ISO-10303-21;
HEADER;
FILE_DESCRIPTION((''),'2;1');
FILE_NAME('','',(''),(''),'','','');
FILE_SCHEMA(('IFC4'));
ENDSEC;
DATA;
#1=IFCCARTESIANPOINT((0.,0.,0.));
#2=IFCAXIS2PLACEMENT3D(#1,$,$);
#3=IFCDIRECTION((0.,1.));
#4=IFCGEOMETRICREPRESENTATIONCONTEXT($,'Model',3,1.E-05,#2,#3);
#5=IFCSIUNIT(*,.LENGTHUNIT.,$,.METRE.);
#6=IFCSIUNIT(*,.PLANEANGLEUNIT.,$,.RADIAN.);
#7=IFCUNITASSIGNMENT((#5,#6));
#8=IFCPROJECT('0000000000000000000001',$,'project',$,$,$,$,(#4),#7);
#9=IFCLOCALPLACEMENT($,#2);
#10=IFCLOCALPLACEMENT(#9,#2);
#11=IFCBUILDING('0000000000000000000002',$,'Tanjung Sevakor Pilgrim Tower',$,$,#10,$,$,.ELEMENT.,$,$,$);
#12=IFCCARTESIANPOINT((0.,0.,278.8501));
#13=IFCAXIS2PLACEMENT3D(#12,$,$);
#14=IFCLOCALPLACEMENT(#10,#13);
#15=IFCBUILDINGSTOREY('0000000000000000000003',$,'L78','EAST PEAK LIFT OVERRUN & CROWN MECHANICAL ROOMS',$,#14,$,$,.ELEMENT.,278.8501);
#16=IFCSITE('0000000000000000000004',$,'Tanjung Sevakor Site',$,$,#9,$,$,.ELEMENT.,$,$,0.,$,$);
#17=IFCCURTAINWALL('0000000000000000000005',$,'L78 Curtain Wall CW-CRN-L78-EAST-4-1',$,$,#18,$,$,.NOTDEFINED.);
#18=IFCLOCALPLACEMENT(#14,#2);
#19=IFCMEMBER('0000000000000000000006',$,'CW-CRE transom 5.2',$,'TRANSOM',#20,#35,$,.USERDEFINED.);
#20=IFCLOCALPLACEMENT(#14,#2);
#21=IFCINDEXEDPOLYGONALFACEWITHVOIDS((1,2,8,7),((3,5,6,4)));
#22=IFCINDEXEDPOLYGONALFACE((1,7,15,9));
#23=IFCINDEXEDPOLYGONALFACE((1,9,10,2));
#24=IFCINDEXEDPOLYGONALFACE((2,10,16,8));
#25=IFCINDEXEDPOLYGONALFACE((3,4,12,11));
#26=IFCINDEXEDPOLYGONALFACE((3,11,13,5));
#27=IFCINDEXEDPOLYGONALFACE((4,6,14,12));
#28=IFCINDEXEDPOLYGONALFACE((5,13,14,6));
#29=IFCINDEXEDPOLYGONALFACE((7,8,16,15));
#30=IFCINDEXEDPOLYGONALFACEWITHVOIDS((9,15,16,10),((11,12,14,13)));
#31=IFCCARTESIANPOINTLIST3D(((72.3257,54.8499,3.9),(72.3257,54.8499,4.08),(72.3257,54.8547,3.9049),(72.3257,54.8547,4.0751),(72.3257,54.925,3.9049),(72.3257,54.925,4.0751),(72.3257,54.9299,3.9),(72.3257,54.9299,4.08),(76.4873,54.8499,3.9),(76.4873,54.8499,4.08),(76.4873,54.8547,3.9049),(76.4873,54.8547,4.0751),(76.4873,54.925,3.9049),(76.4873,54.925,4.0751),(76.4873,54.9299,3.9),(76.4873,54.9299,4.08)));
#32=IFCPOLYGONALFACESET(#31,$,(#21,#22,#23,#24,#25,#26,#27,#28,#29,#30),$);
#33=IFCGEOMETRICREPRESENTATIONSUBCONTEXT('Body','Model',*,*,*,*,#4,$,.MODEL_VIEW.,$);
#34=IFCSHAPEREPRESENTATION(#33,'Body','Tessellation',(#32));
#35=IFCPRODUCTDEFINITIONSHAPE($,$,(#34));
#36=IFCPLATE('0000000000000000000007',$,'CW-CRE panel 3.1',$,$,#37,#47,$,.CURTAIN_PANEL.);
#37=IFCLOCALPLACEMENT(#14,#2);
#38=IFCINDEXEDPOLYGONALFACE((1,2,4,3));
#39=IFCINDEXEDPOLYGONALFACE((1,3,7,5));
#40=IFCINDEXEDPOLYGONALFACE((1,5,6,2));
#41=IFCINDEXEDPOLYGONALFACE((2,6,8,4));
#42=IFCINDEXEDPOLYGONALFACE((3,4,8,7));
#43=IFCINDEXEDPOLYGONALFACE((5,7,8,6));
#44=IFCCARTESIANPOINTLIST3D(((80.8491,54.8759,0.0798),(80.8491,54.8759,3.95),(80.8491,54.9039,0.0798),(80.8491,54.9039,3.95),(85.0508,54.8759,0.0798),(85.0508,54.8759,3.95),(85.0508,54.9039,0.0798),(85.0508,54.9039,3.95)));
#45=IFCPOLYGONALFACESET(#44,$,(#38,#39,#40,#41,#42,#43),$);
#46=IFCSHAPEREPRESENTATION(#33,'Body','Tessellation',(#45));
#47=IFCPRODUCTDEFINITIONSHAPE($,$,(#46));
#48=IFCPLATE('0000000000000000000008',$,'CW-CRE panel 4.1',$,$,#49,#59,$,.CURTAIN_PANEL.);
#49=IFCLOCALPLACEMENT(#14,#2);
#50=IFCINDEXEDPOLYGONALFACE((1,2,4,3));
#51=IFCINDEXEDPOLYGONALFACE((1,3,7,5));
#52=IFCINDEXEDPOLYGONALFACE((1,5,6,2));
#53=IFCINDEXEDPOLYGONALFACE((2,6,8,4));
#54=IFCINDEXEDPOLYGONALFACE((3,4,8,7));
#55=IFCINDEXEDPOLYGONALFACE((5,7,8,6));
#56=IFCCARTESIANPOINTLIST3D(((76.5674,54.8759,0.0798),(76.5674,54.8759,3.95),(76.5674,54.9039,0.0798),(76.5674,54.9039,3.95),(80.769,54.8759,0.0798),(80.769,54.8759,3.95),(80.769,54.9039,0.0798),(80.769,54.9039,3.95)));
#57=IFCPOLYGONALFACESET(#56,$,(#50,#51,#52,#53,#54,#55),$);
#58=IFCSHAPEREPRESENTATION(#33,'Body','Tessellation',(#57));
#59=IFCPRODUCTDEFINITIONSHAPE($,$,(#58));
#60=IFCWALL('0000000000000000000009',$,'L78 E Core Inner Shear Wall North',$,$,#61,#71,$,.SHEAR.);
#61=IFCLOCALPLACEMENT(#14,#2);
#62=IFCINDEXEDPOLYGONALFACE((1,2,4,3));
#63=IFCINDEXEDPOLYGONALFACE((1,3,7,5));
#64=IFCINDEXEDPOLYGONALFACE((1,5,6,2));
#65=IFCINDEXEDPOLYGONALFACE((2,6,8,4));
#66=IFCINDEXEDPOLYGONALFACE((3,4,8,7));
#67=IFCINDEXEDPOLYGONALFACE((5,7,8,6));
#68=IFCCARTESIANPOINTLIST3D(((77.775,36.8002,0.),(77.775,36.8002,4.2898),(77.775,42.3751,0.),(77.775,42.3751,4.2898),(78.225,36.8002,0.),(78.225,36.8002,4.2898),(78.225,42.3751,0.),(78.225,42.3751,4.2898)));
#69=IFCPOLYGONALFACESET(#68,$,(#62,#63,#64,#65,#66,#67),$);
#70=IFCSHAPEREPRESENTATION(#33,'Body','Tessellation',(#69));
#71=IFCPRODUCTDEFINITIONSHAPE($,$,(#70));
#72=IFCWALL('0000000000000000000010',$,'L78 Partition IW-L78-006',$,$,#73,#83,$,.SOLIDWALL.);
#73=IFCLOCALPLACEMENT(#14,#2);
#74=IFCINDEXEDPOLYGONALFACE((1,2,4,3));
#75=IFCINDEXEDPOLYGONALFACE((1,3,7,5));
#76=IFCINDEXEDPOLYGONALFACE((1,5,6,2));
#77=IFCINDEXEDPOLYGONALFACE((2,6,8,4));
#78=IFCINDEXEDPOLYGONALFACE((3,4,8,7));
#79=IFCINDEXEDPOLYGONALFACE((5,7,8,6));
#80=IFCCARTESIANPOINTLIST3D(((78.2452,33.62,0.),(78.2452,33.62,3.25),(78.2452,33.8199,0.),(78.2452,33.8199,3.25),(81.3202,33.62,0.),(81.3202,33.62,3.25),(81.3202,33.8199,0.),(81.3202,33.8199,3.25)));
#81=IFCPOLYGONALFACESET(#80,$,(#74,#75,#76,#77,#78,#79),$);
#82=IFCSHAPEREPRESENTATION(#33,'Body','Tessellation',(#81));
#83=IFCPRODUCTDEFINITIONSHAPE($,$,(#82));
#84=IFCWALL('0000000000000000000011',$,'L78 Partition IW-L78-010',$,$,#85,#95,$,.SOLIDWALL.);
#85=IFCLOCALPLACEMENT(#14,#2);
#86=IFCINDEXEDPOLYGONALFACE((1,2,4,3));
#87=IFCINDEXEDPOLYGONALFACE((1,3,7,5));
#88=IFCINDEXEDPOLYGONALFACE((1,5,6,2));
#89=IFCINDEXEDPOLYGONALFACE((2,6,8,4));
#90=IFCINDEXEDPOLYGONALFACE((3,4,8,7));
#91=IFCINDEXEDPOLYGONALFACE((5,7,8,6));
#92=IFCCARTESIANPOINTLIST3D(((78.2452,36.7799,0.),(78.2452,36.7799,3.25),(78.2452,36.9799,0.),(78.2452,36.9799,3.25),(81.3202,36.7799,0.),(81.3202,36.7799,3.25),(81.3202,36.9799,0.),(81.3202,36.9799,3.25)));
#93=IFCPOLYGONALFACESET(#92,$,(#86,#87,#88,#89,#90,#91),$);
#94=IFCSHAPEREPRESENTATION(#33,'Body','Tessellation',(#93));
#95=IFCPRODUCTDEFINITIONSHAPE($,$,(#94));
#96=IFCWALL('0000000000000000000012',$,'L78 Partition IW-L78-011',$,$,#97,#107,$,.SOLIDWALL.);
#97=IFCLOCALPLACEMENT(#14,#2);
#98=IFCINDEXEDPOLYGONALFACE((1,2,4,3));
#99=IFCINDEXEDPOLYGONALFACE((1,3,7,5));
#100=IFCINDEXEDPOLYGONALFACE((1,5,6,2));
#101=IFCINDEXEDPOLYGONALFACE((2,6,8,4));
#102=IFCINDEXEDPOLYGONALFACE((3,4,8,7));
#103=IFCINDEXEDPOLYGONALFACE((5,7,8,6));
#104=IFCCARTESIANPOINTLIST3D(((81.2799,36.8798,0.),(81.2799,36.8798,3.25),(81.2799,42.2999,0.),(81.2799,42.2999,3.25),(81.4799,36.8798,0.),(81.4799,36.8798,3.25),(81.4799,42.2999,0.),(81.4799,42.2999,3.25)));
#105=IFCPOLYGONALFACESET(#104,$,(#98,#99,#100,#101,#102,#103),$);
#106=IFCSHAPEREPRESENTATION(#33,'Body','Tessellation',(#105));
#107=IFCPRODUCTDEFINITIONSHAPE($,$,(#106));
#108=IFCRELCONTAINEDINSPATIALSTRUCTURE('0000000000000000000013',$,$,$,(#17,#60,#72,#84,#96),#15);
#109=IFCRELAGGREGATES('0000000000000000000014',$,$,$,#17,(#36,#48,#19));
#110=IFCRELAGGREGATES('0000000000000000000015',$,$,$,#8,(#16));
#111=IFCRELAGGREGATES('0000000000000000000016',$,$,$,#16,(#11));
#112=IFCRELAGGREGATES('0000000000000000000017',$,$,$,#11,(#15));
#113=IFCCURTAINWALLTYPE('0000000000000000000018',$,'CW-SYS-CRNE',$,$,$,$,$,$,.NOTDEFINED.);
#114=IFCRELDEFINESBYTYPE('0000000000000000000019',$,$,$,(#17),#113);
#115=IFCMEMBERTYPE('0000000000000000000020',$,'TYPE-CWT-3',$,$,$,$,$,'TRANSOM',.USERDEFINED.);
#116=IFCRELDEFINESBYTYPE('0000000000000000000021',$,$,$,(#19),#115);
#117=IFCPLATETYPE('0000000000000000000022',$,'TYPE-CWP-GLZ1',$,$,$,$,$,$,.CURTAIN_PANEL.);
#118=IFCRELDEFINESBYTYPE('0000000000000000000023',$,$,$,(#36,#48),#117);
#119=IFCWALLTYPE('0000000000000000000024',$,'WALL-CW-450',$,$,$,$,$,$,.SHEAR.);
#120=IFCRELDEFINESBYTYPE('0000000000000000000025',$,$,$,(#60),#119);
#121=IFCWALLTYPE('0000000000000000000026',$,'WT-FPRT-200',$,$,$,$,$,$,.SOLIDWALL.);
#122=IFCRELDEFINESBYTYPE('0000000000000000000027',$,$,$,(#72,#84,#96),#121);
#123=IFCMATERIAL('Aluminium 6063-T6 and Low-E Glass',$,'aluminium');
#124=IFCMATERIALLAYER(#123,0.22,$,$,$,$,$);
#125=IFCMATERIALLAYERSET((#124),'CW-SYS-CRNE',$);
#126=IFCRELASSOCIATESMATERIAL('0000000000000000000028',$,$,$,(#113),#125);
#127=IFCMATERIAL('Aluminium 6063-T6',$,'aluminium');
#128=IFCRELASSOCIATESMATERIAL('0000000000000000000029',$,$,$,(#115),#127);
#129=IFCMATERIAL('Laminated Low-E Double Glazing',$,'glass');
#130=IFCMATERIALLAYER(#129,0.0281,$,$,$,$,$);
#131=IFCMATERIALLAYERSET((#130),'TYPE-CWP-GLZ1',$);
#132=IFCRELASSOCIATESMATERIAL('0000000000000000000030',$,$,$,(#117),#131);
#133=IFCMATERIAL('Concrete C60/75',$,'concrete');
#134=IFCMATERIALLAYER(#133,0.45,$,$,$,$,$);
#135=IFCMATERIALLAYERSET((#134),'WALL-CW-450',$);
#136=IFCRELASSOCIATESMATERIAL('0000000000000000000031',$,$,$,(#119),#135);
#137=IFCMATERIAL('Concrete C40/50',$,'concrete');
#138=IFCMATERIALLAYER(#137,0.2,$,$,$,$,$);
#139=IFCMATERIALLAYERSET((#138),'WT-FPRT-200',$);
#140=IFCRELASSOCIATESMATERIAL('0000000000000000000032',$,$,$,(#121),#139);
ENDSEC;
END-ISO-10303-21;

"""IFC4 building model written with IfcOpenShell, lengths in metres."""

from ifc_helpers import new_model, si_unit, direction, frame, frame_2d, origin, origin_2d, place, context, subcontext, project, spatial, rectangle, hollow_rectangle, extrude, material, layer, layer_set, material_profile, profile_set, type_object, element, aggregate, save


model = new_model("IFC4")

# Units and contexts
model_context = context("Model", 3, precision=1e-05, world=origin(), true_north=direction((0.0, 1.0)))
body_context = subcontext(model_context, "Body", "Model", "MODEL_VIEW")
ifc_project = project(units=[si_unit("LENGTHUNIT", "METRE"), si_unit("PLANEANGLEUNIT", "RADIAN")], contexts=[model_context])

# Site, building, storey
site_placement = place(None, origin())
site = spatial("IfcSite", under=ifc_project, at=site_placement, Name="Tanjung Sevakor Site", CompositionType="ELEMENT", RefElevation=0.0)
building_placement = place(site_placement, origin())
building = spatial("IfcBuilding", under=site, at=building_placement, Name="Tanjung Sevakor Pilgrim Tower", CompositionType="ELEMENT")
storey_placement = place(building_placement, frame((0.0, 0.0, 278.8501)))
storey = spatial("IfcBuildingStorey", under=building, at=storey_placement, Name="L78", Description="EAST PEAK LIFT OVERRUN & CROWN MECHANICAL ROOMS", CompositionType="ELEMENT", Elevation=278.8501)

# Curtain wall, member, plates
ifc_material_1 = material(Name="Aluminium 6063-T6 and Low-E Glass", Category="aluminium")
ifc_layer_1 = layer(ifc_material_1, 0.22)
ifc_layer_set_1 = layer_set([ifc_layer_1], Name="CW-SYS-CRNE")
curtain_wall_type = type_object("IfcCurtainWallType", Name="CW-SYS-CRNE", PredefinedType="NOTDEFINED", material=ifc_layer_set_1)
curtain_wall_placement = place(storey_placement, origin())
curtain_wall = element("IfcCurtainWall", 1, at=curtain_wall_placement, inside=storey, type_object=curtain_wall_type, Name="L78 Curtain Wall CW-CRN-L78-EAST-4-1", PredefinedType="NOTDEFINED")
ifc_material_2 = material(Name="Aluminium 6063-T6", Category="aluminium")
ifc_material_profile_1 = material_profile(ifc_material_2, hollow_rectangle(XDim=0.0801, YDim=0.1799, WallThickness=0.0049, at=origin_2d()))
ifc_profile_set_1 = profile_set([ifc_material_profile_1], Name="Aluminium 6063-T6")
member_type_1 = type_object("IfcMemberType", Name="TYPE-CWT-3", ElementType="TRANSOM", PredefinedType="USERDEFINED", material=ifc_profile_set_1)
member_1_placement = place(storey_placement, frame((76.4873, 54.8899, 3.99), z_axis=(-1.0, 0.0, 0.0), x_axis=(0.0, -1.0, 0.0)))
member_1 = element("IfcMember", 2, at=member_1_placement, type_object=member_type_1, Name="CW-CRE transom 5.2", ObjectType="TRANSOM", PredefinedType="USERDEFINED", context=body_context, shape_type="SweptSolid", body=[
    extrude(hollow_rectangle(XDim=0.0801, YDim=0.1799, WallThickness=0.0049, at=origin_2d()), origin(), (0.0, 0.0, 1.0), 4.1616),
])
ifc_material_3 = material(Name="Laminated Low-E Double Glazing", Category="glass")
ifc_layer_2 = layer(ifc_material_3, 0.0281)
ifc_layer_set_2 = layer_set([ifc_layer_2], Name="TYPE-CWP-GLZ1")
plate_type = type_object("IfcPlateType", Name="TYPE-CWP-GLZ1", PredefinedType="CURTAIN_PANEL", material=ifc_layer_set_2)
plate_1_placement = place(storey_placement, frame((82.95, 54.8899, 0.0798), z_axis=(0.0, 0.0, 1.0), x_axis=(-1.0, 0.0, 0.0)))
plate_1 = element("IfcPlate", 3, at=plate_1_placement, type_object=plate_type, Name="CW-CRE panel 3.1", PredefinedType="CURTAIN_PANEL", context=body_context, shape_type="SweptSolid", body=[
    extrude(rectangle(XDim=4.2017, YDim=0.0281, at=origin_2d()), origin(), (0.0, 0.0, 1.0), 3.8701),
])
plate_2_placement = place(storey_placement, frame((78.6682, 54.8899, 0.0798), z_axis=(0.0, 0.0, 1.0), x_axis=(-1.0, 0.0, 0.0)))
plate_2 = element("IfcPlate", 4, at=plate_2_placement, type_object=plate_type, Name="CW-CRE panel 4.1", PredefinedType="CURTAIN_PANEL", context=body_context, shape_type="SweptSolid", body=[
    extrude(rectangle(XDim=4.2017, YDim=0.0281, at=origin_2d()), origin(), (0.0, 0.0, 1.0), 3.8701),
])
aggregate(curtain_wall, [plate_1, plate_2, member_1])

# Walls
ifc_material_4 = material(Name="Concrete C60/75", Category="concrete")
ifc_layer_3 = layer(ifc_material_4, 0.45)
ifc_layer_set_3 = layer_set([ifc_layer_3], Name="WALL-CW-450")
wall_type_1 = type_object("IfcWallType", Name="WALL-CW-450", PredefinedType="SHEAR", material=ifc_layer_set_3)
wall_1_placement = place(storey_placement, frame((78.0, 36.8, 0.0), z_axis=(0.0, 0.0, 1.0), x_axis=(0.0, 1.0, 0.0)))
element("IfcWall", 5, at=wall_1_placement, inside=storey, type_object=wall_type_1, Name="L78 E Core Inner Shear Wall North", PredefinedType="SHEAR", context=body_context, shape_type="SweptSolid", body=[
    extrude(rectangle(XDim=5.575, YDim=0.45, at=frame_2d((2.7876, 0.0))), origin(), (0.0, 0.0, 1.0), 4.2898),
])
ifc_material_5 = material(Name="Concrete C40/50", Category="concrete")
ifc_layer_4 = layer(ifc_material_5, 0.2)
ifc_layer_set_4 = layer_set([ifc_layer_4], Name="WT-FPRT-200")
wall_type_2 = type_object("IfcWallType", Name="WT-FPRT-200", PredefinedType="SOLIDWALL", material=ifc_layer_set_4)
wall_2_placement = place(storey_placement, frame((78.2451, 33.72, 0.0), z_axis=(0.0, 0.0, 1.0), x_axis=(1.0, 0.0, 0.0)))
element("IfcWall", 6, at=wall_2_placement, inside=storey, type_object=wall_type_2, Name="L78 Partition IW-L78-006", PredefinedType="SOLIDWALL", context=body_context, shape_type="SweptSolid", body=[
    extrude(rectangle(XDim=3.075, YDim=0.2, at=frame_2d((1.5376, 0.0))), origin(), (0.0, 0.0, 1.0), 3.25),
])

# Walls
wall_3_placement = place(storey_placement, frame((78.2451, 36.8799, 0.0), z_axis=(0.0, 0.0, 1.0), x_axis=(1.0, 0.0, 0.0)))
element("IfcWall", 7, at=wall_3_placement, inside=storey, type_object=wall_type_2, Name="L78 Partition IW-L78-010", PredefinedType="SOLIDWALL", context=body_context, shape_type="SweptSolid", body=[
    extrude(rectangle(XDim=3.075, YDim=0.2, at=frame_2d((1.5376, 0.0))), origin(), (0.0, 0.0, 1.0), 3.25),
])
wall_4_placement = place(storey_placement, frame((81.3799, 36.8799, 0.0), z_axis=(0.0, 0.0, 1.0), x_axis=(0.0, 1.0, 0.0)))
element("IfcWall", 8, at=wall_4_placement, inside=storey, type_object=wall_type_2, Name="L78 Partition IW-L78-011", PredefinedType="SOLIDWALL", context=body_context, shape_type="SweptSolid", body=[
    extrude(rectangle(XDim=5.4202, YDim=0.2, at=frame_2d((2.71, 0.0))), origin(), (0.0, 0.0, 1.0), 3.25),
])

save(model, "model.ifc")
